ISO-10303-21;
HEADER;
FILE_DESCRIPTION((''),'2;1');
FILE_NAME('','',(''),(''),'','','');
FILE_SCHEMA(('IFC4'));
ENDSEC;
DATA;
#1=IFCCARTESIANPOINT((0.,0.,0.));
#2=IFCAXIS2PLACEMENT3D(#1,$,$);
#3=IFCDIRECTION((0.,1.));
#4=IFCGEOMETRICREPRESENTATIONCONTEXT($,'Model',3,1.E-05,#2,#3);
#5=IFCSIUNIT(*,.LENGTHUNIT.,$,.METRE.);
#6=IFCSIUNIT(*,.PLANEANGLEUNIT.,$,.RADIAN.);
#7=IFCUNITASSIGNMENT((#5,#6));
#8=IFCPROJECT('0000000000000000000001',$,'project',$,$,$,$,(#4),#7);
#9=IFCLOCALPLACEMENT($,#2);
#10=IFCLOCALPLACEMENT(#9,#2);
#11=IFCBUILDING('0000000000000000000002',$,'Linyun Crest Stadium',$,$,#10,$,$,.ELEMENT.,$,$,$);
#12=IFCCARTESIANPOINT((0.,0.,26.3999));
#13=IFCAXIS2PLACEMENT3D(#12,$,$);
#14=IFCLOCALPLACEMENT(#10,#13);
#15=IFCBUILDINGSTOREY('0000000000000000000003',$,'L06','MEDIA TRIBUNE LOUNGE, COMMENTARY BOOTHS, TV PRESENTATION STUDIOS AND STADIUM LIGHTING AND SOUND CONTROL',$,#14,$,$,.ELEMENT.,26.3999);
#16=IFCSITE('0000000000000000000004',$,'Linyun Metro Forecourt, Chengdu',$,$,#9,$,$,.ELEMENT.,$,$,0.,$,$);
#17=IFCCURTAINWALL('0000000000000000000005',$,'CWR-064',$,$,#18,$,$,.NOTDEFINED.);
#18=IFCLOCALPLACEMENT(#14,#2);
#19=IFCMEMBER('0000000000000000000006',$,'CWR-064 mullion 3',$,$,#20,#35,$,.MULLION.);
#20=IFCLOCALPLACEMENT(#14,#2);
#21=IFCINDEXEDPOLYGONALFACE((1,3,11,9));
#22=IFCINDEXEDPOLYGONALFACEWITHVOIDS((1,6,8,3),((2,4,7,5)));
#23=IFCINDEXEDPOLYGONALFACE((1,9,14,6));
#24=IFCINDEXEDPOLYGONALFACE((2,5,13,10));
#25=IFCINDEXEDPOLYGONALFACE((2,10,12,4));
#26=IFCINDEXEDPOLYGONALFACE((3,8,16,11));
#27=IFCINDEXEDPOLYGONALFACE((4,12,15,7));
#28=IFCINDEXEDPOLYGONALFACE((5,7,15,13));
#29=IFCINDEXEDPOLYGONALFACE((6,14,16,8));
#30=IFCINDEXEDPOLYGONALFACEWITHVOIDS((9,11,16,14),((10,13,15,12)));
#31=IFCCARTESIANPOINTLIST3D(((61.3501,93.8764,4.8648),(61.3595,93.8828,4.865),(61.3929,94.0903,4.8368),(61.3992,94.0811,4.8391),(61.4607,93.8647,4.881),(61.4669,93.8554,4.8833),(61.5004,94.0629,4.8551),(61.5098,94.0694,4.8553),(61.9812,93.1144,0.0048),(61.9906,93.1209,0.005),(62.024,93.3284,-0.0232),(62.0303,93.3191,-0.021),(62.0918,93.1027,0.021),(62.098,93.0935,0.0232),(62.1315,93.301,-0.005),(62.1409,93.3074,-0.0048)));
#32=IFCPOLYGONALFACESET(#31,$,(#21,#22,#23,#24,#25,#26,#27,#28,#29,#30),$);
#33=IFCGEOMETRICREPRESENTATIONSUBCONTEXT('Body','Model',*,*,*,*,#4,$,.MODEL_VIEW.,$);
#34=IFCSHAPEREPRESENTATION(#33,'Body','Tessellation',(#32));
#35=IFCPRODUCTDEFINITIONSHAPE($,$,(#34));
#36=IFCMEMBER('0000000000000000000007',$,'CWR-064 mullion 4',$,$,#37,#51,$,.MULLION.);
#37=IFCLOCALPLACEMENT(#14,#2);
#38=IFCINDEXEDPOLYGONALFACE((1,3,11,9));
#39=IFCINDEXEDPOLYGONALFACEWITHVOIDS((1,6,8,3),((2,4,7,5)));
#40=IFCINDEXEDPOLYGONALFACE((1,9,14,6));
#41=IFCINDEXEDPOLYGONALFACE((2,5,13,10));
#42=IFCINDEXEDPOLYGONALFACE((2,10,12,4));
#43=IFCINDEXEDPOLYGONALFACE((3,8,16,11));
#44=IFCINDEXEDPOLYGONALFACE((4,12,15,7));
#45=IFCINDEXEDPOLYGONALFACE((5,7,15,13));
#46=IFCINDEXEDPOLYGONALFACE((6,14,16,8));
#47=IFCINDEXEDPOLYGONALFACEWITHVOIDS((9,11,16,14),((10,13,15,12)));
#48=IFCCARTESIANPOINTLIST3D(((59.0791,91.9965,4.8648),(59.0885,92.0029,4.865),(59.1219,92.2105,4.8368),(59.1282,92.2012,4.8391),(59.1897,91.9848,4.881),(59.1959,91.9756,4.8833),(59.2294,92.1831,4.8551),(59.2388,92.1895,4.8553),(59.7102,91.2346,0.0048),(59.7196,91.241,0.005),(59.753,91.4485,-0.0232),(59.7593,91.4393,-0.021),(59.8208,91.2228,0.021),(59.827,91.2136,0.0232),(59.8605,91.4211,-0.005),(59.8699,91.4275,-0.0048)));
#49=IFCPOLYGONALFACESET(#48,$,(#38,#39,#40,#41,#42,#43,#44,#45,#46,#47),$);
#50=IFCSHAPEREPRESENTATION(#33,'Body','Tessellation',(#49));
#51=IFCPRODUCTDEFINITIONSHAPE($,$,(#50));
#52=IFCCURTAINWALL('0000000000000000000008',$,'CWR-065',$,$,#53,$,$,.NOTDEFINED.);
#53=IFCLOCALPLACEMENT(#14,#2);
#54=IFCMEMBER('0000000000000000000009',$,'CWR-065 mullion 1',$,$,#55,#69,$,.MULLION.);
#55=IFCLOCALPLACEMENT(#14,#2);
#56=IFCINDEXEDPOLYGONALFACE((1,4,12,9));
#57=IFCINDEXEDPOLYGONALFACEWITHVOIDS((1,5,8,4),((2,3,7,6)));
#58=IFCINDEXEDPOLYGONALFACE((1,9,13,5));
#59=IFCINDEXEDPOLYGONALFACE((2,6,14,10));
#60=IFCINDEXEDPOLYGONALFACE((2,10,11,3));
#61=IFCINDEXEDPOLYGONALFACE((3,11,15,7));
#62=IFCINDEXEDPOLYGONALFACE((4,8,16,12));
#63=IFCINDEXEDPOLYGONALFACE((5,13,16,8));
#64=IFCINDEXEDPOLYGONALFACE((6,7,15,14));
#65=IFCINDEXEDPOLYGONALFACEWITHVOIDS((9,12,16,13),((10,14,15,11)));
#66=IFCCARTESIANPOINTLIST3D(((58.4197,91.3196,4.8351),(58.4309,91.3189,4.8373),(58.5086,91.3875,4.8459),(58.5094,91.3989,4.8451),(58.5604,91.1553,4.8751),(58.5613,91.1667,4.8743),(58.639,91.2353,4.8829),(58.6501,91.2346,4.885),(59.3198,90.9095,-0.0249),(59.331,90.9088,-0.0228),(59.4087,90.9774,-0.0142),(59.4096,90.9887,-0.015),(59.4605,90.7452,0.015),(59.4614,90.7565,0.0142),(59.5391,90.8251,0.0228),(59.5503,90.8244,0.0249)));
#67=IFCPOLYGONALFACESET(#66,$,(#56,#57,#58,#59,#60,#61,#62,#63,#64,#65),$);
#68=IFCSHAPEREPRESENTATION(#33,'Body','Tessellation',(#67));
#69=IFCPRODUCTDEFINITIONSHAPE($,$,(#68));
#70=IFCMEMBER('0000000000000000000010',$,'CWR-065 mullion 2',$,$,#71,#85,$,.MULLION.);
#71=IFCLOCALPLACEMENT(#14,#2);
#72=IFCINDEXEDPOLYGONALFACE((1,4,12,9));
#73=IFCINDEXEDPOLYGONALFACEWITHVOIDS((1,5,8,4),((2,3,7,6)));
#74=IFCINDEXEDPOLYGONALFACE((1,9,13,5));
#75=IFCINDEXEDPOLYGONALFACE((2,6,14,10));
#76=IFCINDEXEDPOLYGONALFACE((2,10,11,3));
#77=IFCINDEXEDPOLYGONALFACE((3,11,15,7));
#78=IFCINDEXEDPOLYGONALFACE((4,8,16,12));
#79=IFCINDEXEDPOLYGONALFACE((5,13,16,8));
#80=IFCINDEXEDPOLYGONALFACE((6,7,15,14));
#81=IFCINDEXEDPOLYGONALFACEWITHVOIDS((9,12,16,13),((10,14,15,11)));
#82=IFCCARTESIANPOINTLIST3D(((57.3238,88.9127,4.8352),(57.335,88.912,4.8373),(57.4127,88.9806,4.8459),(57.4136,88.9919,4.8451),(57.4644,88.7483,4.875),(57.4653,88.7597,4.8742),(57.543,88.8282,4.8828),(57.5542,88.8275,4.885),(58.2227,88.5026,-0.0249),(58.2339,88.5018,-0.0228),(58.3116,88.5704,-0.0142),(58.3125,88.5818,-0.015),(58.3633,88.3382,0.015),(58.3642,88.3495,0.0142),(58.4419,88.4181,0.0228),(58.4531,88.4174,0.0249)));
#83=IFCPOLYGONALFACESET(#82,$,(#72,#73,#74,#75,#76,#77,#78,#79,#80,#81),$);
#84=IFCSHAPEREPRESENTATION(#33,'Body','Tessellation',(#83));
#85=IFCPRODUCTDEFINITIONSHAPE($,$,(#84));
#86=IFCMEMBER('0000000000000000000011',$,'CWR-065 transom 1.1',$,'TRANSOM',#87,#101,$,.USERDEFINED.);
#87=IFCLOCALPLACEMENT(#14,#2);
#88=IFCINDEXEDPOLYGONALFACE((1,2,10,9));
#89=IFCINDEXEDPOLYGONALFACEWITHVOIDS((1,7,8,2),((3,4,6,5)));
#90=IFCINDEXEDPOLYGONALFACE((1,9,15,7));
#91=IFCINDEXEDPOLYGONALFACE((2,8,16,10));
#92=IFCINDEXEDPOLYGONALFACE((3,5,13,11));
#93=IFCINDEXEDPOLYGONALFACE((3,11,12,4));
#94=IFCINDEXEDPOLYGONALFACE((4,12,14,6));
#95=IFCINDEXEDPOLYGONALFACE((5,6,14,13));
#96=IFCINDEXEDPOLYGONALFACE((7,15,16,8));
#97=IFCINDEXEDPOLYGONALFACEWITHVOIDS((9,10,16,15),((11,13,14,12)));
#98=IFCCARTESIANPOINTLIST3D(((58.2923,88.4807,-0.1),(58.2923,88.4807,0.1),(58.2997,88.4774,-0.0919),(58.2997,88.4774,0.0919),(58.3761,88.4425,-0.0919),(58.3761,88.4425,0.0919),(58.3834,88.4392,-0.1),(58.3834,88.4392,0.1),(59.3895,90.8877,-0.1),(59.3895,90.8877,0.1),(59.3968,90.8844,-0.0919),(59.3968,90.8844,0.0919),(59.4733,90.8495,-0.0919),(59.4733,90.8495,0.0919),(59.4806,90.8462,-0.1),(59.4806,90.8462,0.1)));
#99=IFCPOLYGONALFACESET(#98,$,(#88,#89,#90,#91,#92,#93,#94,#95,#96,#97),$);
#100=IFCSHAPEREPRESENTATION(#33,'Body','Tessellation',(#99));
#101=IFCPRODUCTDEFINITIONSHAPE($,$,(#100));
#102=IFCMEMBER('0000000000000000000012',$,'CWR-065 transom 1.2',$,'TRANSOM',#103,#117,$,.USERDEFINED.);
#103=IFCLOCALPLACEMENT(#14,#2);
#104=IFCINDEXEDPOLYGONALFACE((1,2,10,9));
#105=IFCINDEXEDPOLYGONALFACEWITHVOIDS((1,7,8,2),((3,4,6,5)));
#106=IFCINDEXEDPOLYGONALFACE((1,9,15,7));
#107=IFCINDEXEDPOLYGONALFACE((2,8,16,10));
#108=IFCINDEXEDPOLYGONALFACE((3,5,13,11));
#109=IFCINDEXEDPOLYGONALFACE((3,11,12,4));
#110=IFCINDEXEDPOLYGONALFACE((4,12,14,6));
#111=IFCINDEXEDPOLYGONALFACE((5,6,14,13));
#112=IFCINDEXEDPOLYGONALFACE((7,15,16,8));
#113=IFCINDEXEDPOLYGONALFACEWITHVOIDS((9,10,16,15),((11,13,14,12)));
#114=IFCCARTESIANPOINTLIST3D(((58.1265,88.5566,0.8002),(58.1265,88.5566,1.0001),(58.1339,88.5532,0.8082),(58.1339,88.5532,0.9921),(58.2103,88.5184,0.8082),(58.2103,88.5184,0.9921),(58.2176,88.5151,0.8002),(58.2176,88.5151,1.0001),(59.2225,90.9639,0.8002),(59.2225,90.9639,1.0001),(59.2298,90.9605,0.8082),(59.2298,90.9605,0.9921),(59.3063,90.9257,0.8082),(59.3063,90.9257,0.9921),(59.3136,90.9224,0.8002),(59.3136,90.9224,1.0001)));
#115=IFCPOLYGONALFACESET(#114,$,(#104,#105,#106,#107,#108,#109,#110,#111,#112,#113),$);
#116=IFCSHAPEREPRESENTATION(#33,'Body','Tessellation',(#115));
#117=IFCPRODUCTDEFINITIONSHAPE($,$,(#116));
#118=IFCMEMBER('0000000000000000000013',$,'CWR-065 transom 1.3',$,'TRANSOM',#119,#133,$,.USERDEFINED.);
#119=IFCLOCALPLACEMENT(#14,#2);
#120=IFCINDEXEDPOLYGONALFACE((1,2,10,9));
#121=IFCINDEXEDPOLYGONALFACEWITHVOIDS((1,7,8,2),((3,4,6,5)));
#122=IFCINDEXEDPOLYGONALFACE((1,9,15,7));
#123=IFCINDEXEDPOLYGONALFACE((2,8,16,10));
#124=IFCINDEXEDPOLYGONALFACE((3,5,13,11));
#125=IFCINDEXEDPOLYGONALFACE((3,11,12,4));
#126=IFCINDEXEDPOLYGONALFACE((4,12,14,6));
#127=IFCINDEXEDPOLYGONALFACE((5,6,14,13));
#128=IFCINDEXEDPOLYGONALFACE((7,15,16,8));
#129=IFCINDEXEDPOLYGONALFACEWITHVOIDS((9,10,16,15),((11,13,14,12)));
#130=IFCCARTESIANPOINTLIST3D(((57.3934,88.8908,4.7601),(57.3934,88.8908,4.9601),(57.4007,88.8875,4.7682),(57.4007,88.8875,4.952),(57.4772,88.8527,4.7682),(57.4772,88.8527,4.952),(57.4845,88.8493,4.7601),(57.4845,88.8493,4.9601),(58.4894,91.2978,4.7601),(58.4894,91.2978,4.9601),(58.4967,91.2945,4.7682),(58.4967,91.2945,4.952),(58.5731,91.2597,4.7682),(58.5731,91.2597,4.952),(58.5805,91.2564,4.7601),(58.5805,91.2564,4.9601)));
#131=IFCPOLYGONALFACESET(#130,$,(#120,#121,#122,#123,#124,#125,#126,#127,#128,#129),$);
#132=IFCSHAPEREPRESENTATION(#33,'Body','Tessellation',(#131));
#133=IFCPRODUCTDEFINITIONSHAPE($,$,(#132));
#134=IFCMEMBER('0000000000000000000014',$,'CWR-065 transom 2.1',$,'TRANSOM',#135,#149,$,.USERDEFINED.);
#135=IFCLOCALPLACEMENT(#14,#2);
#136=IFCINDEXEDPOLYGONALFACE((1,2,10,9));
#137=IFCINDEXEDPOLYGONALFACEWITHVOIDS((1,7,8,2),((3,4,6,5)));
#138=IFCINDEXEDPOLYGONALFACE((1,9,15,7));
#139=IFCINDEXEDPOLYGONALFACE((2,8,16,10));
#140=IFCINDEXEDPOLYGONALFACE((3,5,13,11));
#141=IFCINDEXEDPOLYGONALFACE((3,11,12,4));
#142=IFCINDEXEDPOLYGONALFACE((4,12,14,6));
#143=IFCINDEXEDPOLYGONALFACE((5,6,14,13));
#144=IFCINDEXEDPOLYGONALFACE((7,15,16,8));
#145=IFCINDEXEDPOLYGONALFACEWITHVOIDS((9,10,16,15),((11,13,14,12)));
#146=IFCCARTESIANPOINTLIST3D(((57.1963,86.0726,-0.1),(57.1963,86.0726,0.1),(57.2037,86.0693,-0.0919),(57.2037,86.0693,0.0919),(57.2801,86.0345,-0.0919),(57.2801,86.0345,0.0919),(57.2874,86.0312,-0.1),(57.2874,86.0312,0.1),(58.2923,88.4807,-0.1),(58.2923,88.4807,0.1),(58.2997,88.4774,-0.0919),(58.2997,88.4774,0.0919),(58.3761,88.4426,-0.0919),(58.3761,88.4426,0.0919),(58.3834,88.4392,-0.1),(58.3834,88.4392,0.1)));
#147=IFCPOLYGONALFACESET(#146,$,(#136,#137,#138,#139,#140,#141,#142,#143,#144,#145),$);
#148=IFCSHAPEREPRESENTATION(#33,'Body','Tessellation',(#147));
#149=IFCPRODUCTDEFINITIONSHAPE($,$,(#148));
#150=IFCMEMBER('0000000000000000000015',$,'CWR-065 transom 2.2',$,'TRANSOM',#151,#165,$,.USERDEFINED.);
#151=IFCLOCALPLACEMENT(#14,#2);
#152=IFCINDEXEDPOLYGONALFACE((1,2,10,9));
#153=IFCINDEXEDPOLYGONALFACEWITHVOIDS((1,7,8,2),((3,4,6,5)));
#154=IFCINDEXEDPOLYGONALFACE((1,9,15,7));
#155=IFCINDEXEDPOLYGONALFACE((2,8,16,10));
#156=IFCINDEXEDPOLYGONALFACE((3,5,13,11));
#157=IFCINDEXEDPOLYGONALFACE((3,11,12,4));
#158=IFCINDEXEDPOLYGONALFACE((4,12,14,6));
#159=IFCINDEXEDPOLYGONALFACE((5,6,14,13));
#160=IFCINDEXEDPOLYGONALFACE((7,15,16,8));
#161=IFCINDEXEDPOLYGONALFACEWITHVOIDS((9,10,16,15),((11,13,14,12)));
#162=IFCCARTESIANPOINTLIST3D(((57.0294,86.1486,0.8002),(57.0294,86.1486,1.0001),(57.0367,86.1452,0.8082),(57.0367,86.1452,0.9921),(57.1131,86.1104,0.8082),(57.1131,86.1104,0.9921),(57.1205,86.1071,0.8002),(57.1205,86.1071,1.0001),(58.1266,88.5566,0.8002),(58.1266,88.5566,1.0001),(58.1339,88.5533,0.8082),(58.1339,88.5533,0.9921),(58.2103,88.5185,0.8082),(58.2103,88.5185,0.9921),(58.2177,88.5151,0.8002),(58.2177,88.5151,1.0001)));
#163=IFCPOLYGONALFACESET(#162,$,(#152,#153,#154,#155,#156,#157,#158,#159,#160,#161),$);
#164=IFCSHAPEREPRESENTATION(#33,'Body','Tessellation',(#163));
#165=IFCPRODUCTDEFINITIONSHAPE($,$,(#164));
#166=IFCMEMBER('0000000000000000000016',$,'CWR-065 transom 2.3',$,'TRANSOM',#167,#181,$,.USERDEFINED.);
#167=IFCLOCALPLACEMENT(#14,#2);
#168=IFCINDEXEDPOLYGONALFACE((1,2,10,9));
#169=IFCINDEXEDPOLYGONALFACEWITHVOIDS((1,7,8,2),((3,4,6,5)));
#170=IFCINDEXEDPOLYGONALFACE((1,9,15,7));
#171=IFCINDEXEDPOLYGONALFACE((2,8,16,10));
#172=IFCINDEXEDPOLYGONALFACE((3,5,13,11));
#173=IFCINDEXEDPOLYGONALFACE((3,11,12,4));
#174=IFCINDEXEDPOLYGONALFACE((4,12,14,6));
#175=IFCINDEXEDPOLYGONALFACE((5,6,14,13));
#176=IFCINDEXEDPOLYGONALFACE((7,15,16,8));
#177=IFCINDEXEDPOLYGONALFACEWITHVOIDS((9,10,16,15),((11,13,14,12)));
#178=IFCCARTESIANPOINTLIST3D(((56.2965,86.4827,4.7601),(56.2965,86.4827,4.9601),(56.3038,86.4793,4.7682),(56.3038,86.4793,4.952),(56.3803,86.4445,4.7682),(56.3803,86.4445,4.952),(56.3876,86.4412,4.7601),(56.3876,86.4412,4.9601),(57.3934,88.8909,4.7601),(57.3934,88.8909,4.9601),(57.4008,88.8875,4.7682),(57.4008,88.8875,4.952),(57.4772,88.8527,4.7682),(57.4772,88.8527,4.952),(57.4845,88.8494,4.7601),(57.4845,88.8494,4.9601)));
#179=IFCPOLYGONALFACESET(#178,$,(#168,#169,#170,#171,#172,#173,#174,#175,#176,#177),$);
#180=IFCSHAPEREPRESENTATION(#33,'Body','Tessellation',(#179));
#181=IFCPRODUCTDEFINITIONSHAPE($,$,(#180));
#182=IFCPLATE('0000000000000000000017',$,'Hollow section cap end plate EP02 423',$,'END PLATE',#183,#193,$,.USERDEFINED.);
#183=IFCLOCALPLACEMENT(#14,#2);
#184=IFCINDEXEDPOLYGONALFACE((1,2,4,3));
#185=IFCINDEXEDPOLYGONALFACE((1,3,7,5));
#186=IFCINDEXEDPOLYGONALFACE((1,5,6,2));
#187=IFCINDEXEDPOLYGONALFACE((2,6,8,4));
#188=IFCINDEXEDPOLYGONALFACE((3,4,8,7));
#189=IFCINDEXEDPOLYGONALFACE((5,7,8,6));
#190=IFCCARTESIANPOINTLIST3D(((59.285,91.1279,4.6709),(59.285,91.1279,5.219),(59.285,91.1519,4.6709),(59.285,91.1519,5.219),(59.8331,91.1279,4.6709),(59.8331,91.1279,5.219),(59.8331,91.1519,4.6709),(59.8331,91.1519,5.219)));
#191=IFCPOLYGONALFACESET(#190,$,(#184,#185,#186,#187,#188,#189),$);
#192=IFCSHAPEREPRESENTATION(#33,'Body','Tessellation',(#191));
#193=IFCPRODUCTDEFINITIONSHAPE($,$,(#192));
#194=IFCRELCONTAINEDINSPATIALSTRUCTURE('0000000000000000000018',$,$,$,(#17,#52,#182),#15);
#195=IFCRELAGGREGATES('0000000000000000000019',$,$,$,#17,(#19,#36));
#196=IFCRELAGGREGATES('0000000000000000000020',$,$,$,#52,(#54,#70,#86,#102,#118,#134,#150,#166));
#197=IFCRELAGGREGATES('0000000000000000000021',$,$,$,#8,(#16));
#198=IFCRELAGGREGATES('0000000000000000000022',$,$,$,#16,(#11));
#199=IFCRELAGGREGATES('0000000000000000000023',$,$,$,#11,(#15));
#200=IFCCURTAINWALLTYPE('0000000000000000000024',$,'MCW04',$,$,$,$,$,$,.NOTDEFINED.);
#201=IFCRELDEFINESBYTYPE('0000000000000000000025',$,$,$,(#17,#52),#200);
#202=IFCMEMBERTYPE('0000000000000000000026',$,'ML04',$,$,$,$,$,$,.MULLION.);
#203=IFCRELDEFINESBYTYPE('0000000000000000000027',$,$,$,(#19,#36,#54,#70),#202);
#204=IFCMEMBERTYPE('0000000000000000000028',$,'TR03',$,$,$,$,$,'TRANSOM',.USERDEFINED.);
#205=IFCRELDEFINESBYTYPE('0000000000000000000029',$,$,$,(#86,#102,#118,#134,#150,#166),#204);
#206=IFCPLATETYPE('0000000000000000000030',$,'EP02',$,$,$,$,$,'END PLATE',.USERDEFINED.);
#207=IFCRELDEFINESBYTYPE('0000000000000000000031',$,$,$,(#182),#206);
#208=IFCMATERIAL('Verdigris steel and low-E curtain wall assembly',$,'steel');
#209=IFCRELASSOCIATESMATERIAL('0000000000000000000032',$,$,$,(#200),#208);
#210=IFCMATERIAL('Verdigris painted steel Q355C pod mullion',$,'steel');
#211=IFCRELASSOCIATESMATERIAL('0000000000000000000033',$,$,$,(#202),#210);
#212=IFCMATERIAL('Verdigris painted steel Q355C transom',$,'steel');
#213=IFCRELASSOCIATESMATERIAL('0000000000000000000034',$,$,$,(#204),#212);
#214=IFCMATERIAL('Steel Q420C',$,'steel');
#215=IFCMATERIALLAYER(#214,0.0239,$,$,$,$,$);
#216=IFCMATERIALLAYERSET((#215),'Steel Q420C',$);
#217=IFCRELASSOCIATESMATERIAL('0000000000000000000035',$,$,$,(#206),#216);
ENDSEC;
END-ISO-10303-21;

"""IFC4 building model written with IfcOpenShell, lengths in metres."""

from ifc_helpers import new_model, si_unit, direction, frame, origin, origin_2d, place, context, subcontext, project, spatial, rectangle, hollow_rectangle, extrude, material, layer, layer_set, material_profile, profile_set, type_object, element, aggregate, save


model = new_model("IFC4")

# Units and contexts
model_context = context("Model", 3, precision=1e-05, world=origin(), true_north=direction((0.0, 1.0)))
body_context = subcontext(model_context, "Body", "Model", "MODEL_VIEW")
ifc_project = project(units=[si_unit("LENGTHUNIT", "METRE"), si_unit("PLANEANGLEUNIT", "RADIAN")], contexts=[model_context])

# Site, building, storey
site_placement = place(None, origin())
site = spatial("IfcSite", under=ifc_project, at=site_placement, Name="Linyun Metro Forecourt, Chengdu", CompositionType="ELEMENT", RefElevation=0.0)
building_placement = place(site_placement, origin())
building = spatial("IfcBuilding", under=site, at=building_placement, Name="Linyun Crest Stadium", CompositionType="ELEMENT")
storey_placement = place(building_placement, frame((0.0, 0.0, 26.3999)))
storey = spatial("IfcBuildingStorey", under=building, at=storey_placement, Name="L06", Description="MEDIA TRIBUNE LOUNGE, COMMENTARY BOOTHS, TV PRESENTATION STUDIOS AND STADIUM LIGHTING AND SOUND CONTROL", CompositionType="ELEMENT", Elevation=26.3999)

# Curtain walls, members
ifc_material_1 = material(Name="Verdigris steel and low-E curtain wall assembly", Category="steel")
curtain_wall_type = type_object("IfcCurtainWallType", Name="MCW04", PredefinedType="NOTDEFINED", material=ifc_material_1)
curtain_wall_1_placement = place(storey_placement, origin())
curtain_wall_1 = element("IfcCurtainWall", 1, at=curtain_wall_1_placement, inside=storey, type_object=curtain_wall_type, Name="CWR-064", PredefinedType="NOTDEFINED")
ifc_material_2 = material(Name="Verdigris painted steel Q355C pod mullion", Category="steel")
ifc_material_profile_1 = material_profile(ifc_material_2, hollow_rectangle(XDim=0.1201, YDim=0.22, WallThickness=0.0081, at=origin_2d()), Name="RHS 220x120x8")
ifc_profile_set_1 = profile_set([ifc_material_profile_1], Name="Verdigris painted steel Q355C pod mullion")
member_type_1 = type_object("IfcMemberType", Name="ML04", PredefinedType="MULLION", material=ifc_profile_set_1)
member_1_placement = place(storey_placement, frame((62.061, 93.2109, 0.0), z_axis=(-0.127244, 0.153628, 0.979902), x_axis=(-0.972587, 0.174539, -0.153658)))
member_1 = element("IfcMember", 2, at=member_1_placement, type_object=member_type_1, Name="CWR-064 mullion 3", PredefinedType="MULLION", context=body_context, shape_type="SweptSolid", body=[
    extrude(hollow_rectangle(XDim=0.1201, YDim=0.22, WallThickness=0.0081, at=origin_2d()), origin(), (0.0, 0.0, 1.0), 4.9597),
])
member_2_placement = place(storey_placement, frame((59.79, 91.3311, 0.0), z_axis=(-0.127244, 0.153628, 0.979902), x_axis=(-0.972587, 0.174539, -0.153658)))
member_2 = element("IfcMember", 3, at=member_2_placement, type_object=member_type_1, Name="CWR-064 mullion 4", PredefinedType="MULLION", context=body_context, shape_type="SweptSolid", body=[
    extrude(hollow_rectangle(XDim=0.1201, YDim=0.22, WallThickness=0.0081, at=origin_2d()), origin(), (0.0, 0.0, 1.0), 4.9597),
])
curtain_wall_2_placement = place(storey_placement, origin())
curtain_wall_2 = element("IfcCurtainWall", 4, at=curtain_wall_2_placement, inside=storey, type_object=curtain_wall_type, Name="CWR-065", PredefinedType="NOTDEFINED")
member_3_placement = place(storey_placement, frame((59.4351, 90.8669, 0.0), z_axis=(-0.18149, 0.082697, 0.979909), x_axis=(-0.746978, -0.659688, -0.082676)))
member_3 = element("IfcMember", 5, at=member_3_placement, type_object=member_type_1, Name="CWR-065 mullion 1", PredefinedType="MULLION", context=body_context, shape_type="SweptSolid", body=[
    extrude(hollow_rectangle(XDim=0.1201, YDim=0.22, WallThickness=0.0081, at=origin_2d()), origin(), (0.0, 0.0, 1.0), 4.9597),
])
member_4_placement = place(storey_placement, frame((58.3379, 88.46, 0.0), z_axis=(-0.181252, 0.082701, 0.979953), x_axis=(-0.747332, -0.659298, -0.082587)))
member_4 = element("IfcMember", 6, at=member_4_placement, type_object=member_type_1, Name="CWR-065 mullion 2", PredefinedType="MULLION", context=body_context, shape_type="SweptSolid", body=[
    extrude(hollow_rectangle(XDim=0.1201, YDim=0.22, WallThickness=0.0081, at=origin_2d()), origin(), (0.0, 0.0, 1.0), 4.9595),
])
ifc_material_3 = material(Name="Verdigris painted steel Q355C transom", Category="steel")
ifc_material_profile_2 = material_profile(ifc_material_3, hollow_rectangle(XDim=0.1001, YDim=0.2, WallThickness=0.0081, at=origin_2d()), Name="RHS 200x100x8")
ifc_profile_set_2 = profile_set([ifc_material_profile_2], Name="Verdigris painted steel Q355C transom")
member_type_2 = type_object("IfcMemberType", Name="TR03", ElementType="TRANSOM", PredefinedType="USERDEFINED", material=ifc_profile_set_2)
member_5_placement = place(storey_placement, frame((59.4351, 90.8669, 0.0), z_axis=(-0.414769, -0.909927, 0.0), x_axis=(0.909927, -0.414769, 0.0)))
member_5 = element("IfcMember", 7, at=member_5_placement, type_object=member_type_2, Name="CWR-065 transom 1.1", ObjectType="TRANSOM", PredefinedType="USERDEFINED", context=body_context, shape_type="SweptSolid", body=[
    extrude(hollow_rectangle(XDim=0.1001, YDim=0.2, WallThickness=0.0081, at=origin_2d()), origin(), (0.0, 0.0, 1.0), 2.6453),
])
member_6_placement = place(storey_placement, frame((59.2681, 90.9431, 0.9001), z_axis=(-0.414352, -0.910117, 0.0), x_axis=(0.910117, -0.414352, 0.0)))
member_6 = element("IfcMember", 8, at=member_6_placement, type_object=member_type_2, Name="CWR-065 transom 1.2", ObjectType="TRANSOM", PredefinedType="USERDEFINED", context=body_context, shape_type="SweptSolid", body=[
    extrude(hollow_rectangle(XDim=0.1001, YDim=0.2, WallThickness=0.0081, at=origin_2d()), origin(), (0.0, 0.0, 1.0), 2.645),
])
member_7_placement = place(storey_placement, frame((58.5349, 91.2771, 4.8601), z_axis=(-0.414387, -0.910101, 0.0), x_axis=(0.910101, -0.414387, 0.0)))
member_7 = element("IfcMember", 9, at=member_7_placement, type_object=member_type_2, Name="CWR-065 transom 1.3", ObjectType="TRANSOM", PredefinedType="USERDEFINED", context=body_context, shape_type="SweptSolid", body=[
    extrude(hollow_rectangle(XDim=0.1001, YDim=0.2, WallThickness=0.0081, at=origin_2d()), origin(), (0.0, 0.0, 1.0), 2.6448),
])
member_8_placement = place(storey_placement, frame((58.3379, 88.46, 0.0), z_axis=(-0.414248, -0.910164, 0.0), x_axis=(0.910164, -0.414248, 0.0)))
member_8 = element("IfcMember", 10, at=member_8_placement, type_object=member_type_2, Name="CWR-065 transom 2.1", ObjectType="TRANSOM", PredefinedType="USERDEFINED", context=body_context, shape_type="SweptSolid", body=[
    extrude(hollow_rectangle(XDim=0.1001, YDim=0.2, WallThickness=0.0081, at=origin_2d()), origin(), (0.0, 0.0, 1.0), 2.6458),
])
member_9_placement = place(storey_placement, frame((58.1721, 88.5359, 0.9001), z_axis=(-0.41463, -0.90999, 0.0), x_axis=(0.90999, -0.41463, 0.0)))
member_9 = element("IfcMember", 11, at=member_9_placement, type_object=member_type_2, Name="CWR-065 transom 2.2", ObjectType="TRANSOM", PredefinedType="USERDEFINED", context=body_context, shape_type="SweptSolid", body=[
    extrude(hollow_rectangle(XDim=0.1001, YDim=0.2, WallThickness=0.0081, at=origin_2d()), origin(), (0.0, 0.0, 1.0), 2.6462),
])
member_10_placement = place(storey_placement, frame((57.439, 88.8701, 4.8601), z_axis=(-0.414519, -0.910041, 0.0), x_axis=(0.910041, -0.414519, 0.0)))
member_10 = element("IfcMember", 12, at=member_10_placement, type_object=member_type_2, Name="CWR-065 transom 2.3", ObjectType="TRANSOM", PredefinedType="USERDEFINED", context=body_context, shape_type="SweptSolid", body=[
    extrude(hollow_rectangle(XDim=0.1001, YDim=0.2, WallThickness=0.0081, at=origin_2d()), origin(), (0.0, 0.0, 1.0), 2.6462),
])

# Plate
ifc_material_4 = material(Name="Steel Q420C", Category="steel")
ifc_layer_1 = layer(ifc_material_4, 0.0239)
ifc_layer_set_1 = layer_set([ifc_layer_1], Name="Steel Q420C")
plate_type_1 = type_object("IfcPlateType", Name="EP02", ElementType="END PLATE", PredefinedType="USERDEFINED", material=ifc_layer_set_1)
plate_1_placement = place(storey_placement, frame((59.5591, 91.1399, 4.6709), z_axis=(0.0, 0.0, 1.0), x_axis=(1.0, 0.0, 0.0)))
element("IfcPlate", 13, at=plate_1_placement, inside=storey, type_object=plate_type_1, Name="Hollow section cap end plate EP02 423", ObjectType="END PLATE", PredefinedType="USERDEFINED", context=body_context, shape_type="SweptSolid", body=[
    extrude(rectangle(XDim=0.5481, YDim=0.0239, at=origin_2d()), origin(), (0.0, 0.0, 1.0), 0.5481),
])
aggregate(curtain_wall_1, [member_1, member_2])
aggregate(curtain_wall_2, [member_3, member_4, member_5, member_6, member_7, member_8, member_9, member_10])

save(model, "model.ifc")
